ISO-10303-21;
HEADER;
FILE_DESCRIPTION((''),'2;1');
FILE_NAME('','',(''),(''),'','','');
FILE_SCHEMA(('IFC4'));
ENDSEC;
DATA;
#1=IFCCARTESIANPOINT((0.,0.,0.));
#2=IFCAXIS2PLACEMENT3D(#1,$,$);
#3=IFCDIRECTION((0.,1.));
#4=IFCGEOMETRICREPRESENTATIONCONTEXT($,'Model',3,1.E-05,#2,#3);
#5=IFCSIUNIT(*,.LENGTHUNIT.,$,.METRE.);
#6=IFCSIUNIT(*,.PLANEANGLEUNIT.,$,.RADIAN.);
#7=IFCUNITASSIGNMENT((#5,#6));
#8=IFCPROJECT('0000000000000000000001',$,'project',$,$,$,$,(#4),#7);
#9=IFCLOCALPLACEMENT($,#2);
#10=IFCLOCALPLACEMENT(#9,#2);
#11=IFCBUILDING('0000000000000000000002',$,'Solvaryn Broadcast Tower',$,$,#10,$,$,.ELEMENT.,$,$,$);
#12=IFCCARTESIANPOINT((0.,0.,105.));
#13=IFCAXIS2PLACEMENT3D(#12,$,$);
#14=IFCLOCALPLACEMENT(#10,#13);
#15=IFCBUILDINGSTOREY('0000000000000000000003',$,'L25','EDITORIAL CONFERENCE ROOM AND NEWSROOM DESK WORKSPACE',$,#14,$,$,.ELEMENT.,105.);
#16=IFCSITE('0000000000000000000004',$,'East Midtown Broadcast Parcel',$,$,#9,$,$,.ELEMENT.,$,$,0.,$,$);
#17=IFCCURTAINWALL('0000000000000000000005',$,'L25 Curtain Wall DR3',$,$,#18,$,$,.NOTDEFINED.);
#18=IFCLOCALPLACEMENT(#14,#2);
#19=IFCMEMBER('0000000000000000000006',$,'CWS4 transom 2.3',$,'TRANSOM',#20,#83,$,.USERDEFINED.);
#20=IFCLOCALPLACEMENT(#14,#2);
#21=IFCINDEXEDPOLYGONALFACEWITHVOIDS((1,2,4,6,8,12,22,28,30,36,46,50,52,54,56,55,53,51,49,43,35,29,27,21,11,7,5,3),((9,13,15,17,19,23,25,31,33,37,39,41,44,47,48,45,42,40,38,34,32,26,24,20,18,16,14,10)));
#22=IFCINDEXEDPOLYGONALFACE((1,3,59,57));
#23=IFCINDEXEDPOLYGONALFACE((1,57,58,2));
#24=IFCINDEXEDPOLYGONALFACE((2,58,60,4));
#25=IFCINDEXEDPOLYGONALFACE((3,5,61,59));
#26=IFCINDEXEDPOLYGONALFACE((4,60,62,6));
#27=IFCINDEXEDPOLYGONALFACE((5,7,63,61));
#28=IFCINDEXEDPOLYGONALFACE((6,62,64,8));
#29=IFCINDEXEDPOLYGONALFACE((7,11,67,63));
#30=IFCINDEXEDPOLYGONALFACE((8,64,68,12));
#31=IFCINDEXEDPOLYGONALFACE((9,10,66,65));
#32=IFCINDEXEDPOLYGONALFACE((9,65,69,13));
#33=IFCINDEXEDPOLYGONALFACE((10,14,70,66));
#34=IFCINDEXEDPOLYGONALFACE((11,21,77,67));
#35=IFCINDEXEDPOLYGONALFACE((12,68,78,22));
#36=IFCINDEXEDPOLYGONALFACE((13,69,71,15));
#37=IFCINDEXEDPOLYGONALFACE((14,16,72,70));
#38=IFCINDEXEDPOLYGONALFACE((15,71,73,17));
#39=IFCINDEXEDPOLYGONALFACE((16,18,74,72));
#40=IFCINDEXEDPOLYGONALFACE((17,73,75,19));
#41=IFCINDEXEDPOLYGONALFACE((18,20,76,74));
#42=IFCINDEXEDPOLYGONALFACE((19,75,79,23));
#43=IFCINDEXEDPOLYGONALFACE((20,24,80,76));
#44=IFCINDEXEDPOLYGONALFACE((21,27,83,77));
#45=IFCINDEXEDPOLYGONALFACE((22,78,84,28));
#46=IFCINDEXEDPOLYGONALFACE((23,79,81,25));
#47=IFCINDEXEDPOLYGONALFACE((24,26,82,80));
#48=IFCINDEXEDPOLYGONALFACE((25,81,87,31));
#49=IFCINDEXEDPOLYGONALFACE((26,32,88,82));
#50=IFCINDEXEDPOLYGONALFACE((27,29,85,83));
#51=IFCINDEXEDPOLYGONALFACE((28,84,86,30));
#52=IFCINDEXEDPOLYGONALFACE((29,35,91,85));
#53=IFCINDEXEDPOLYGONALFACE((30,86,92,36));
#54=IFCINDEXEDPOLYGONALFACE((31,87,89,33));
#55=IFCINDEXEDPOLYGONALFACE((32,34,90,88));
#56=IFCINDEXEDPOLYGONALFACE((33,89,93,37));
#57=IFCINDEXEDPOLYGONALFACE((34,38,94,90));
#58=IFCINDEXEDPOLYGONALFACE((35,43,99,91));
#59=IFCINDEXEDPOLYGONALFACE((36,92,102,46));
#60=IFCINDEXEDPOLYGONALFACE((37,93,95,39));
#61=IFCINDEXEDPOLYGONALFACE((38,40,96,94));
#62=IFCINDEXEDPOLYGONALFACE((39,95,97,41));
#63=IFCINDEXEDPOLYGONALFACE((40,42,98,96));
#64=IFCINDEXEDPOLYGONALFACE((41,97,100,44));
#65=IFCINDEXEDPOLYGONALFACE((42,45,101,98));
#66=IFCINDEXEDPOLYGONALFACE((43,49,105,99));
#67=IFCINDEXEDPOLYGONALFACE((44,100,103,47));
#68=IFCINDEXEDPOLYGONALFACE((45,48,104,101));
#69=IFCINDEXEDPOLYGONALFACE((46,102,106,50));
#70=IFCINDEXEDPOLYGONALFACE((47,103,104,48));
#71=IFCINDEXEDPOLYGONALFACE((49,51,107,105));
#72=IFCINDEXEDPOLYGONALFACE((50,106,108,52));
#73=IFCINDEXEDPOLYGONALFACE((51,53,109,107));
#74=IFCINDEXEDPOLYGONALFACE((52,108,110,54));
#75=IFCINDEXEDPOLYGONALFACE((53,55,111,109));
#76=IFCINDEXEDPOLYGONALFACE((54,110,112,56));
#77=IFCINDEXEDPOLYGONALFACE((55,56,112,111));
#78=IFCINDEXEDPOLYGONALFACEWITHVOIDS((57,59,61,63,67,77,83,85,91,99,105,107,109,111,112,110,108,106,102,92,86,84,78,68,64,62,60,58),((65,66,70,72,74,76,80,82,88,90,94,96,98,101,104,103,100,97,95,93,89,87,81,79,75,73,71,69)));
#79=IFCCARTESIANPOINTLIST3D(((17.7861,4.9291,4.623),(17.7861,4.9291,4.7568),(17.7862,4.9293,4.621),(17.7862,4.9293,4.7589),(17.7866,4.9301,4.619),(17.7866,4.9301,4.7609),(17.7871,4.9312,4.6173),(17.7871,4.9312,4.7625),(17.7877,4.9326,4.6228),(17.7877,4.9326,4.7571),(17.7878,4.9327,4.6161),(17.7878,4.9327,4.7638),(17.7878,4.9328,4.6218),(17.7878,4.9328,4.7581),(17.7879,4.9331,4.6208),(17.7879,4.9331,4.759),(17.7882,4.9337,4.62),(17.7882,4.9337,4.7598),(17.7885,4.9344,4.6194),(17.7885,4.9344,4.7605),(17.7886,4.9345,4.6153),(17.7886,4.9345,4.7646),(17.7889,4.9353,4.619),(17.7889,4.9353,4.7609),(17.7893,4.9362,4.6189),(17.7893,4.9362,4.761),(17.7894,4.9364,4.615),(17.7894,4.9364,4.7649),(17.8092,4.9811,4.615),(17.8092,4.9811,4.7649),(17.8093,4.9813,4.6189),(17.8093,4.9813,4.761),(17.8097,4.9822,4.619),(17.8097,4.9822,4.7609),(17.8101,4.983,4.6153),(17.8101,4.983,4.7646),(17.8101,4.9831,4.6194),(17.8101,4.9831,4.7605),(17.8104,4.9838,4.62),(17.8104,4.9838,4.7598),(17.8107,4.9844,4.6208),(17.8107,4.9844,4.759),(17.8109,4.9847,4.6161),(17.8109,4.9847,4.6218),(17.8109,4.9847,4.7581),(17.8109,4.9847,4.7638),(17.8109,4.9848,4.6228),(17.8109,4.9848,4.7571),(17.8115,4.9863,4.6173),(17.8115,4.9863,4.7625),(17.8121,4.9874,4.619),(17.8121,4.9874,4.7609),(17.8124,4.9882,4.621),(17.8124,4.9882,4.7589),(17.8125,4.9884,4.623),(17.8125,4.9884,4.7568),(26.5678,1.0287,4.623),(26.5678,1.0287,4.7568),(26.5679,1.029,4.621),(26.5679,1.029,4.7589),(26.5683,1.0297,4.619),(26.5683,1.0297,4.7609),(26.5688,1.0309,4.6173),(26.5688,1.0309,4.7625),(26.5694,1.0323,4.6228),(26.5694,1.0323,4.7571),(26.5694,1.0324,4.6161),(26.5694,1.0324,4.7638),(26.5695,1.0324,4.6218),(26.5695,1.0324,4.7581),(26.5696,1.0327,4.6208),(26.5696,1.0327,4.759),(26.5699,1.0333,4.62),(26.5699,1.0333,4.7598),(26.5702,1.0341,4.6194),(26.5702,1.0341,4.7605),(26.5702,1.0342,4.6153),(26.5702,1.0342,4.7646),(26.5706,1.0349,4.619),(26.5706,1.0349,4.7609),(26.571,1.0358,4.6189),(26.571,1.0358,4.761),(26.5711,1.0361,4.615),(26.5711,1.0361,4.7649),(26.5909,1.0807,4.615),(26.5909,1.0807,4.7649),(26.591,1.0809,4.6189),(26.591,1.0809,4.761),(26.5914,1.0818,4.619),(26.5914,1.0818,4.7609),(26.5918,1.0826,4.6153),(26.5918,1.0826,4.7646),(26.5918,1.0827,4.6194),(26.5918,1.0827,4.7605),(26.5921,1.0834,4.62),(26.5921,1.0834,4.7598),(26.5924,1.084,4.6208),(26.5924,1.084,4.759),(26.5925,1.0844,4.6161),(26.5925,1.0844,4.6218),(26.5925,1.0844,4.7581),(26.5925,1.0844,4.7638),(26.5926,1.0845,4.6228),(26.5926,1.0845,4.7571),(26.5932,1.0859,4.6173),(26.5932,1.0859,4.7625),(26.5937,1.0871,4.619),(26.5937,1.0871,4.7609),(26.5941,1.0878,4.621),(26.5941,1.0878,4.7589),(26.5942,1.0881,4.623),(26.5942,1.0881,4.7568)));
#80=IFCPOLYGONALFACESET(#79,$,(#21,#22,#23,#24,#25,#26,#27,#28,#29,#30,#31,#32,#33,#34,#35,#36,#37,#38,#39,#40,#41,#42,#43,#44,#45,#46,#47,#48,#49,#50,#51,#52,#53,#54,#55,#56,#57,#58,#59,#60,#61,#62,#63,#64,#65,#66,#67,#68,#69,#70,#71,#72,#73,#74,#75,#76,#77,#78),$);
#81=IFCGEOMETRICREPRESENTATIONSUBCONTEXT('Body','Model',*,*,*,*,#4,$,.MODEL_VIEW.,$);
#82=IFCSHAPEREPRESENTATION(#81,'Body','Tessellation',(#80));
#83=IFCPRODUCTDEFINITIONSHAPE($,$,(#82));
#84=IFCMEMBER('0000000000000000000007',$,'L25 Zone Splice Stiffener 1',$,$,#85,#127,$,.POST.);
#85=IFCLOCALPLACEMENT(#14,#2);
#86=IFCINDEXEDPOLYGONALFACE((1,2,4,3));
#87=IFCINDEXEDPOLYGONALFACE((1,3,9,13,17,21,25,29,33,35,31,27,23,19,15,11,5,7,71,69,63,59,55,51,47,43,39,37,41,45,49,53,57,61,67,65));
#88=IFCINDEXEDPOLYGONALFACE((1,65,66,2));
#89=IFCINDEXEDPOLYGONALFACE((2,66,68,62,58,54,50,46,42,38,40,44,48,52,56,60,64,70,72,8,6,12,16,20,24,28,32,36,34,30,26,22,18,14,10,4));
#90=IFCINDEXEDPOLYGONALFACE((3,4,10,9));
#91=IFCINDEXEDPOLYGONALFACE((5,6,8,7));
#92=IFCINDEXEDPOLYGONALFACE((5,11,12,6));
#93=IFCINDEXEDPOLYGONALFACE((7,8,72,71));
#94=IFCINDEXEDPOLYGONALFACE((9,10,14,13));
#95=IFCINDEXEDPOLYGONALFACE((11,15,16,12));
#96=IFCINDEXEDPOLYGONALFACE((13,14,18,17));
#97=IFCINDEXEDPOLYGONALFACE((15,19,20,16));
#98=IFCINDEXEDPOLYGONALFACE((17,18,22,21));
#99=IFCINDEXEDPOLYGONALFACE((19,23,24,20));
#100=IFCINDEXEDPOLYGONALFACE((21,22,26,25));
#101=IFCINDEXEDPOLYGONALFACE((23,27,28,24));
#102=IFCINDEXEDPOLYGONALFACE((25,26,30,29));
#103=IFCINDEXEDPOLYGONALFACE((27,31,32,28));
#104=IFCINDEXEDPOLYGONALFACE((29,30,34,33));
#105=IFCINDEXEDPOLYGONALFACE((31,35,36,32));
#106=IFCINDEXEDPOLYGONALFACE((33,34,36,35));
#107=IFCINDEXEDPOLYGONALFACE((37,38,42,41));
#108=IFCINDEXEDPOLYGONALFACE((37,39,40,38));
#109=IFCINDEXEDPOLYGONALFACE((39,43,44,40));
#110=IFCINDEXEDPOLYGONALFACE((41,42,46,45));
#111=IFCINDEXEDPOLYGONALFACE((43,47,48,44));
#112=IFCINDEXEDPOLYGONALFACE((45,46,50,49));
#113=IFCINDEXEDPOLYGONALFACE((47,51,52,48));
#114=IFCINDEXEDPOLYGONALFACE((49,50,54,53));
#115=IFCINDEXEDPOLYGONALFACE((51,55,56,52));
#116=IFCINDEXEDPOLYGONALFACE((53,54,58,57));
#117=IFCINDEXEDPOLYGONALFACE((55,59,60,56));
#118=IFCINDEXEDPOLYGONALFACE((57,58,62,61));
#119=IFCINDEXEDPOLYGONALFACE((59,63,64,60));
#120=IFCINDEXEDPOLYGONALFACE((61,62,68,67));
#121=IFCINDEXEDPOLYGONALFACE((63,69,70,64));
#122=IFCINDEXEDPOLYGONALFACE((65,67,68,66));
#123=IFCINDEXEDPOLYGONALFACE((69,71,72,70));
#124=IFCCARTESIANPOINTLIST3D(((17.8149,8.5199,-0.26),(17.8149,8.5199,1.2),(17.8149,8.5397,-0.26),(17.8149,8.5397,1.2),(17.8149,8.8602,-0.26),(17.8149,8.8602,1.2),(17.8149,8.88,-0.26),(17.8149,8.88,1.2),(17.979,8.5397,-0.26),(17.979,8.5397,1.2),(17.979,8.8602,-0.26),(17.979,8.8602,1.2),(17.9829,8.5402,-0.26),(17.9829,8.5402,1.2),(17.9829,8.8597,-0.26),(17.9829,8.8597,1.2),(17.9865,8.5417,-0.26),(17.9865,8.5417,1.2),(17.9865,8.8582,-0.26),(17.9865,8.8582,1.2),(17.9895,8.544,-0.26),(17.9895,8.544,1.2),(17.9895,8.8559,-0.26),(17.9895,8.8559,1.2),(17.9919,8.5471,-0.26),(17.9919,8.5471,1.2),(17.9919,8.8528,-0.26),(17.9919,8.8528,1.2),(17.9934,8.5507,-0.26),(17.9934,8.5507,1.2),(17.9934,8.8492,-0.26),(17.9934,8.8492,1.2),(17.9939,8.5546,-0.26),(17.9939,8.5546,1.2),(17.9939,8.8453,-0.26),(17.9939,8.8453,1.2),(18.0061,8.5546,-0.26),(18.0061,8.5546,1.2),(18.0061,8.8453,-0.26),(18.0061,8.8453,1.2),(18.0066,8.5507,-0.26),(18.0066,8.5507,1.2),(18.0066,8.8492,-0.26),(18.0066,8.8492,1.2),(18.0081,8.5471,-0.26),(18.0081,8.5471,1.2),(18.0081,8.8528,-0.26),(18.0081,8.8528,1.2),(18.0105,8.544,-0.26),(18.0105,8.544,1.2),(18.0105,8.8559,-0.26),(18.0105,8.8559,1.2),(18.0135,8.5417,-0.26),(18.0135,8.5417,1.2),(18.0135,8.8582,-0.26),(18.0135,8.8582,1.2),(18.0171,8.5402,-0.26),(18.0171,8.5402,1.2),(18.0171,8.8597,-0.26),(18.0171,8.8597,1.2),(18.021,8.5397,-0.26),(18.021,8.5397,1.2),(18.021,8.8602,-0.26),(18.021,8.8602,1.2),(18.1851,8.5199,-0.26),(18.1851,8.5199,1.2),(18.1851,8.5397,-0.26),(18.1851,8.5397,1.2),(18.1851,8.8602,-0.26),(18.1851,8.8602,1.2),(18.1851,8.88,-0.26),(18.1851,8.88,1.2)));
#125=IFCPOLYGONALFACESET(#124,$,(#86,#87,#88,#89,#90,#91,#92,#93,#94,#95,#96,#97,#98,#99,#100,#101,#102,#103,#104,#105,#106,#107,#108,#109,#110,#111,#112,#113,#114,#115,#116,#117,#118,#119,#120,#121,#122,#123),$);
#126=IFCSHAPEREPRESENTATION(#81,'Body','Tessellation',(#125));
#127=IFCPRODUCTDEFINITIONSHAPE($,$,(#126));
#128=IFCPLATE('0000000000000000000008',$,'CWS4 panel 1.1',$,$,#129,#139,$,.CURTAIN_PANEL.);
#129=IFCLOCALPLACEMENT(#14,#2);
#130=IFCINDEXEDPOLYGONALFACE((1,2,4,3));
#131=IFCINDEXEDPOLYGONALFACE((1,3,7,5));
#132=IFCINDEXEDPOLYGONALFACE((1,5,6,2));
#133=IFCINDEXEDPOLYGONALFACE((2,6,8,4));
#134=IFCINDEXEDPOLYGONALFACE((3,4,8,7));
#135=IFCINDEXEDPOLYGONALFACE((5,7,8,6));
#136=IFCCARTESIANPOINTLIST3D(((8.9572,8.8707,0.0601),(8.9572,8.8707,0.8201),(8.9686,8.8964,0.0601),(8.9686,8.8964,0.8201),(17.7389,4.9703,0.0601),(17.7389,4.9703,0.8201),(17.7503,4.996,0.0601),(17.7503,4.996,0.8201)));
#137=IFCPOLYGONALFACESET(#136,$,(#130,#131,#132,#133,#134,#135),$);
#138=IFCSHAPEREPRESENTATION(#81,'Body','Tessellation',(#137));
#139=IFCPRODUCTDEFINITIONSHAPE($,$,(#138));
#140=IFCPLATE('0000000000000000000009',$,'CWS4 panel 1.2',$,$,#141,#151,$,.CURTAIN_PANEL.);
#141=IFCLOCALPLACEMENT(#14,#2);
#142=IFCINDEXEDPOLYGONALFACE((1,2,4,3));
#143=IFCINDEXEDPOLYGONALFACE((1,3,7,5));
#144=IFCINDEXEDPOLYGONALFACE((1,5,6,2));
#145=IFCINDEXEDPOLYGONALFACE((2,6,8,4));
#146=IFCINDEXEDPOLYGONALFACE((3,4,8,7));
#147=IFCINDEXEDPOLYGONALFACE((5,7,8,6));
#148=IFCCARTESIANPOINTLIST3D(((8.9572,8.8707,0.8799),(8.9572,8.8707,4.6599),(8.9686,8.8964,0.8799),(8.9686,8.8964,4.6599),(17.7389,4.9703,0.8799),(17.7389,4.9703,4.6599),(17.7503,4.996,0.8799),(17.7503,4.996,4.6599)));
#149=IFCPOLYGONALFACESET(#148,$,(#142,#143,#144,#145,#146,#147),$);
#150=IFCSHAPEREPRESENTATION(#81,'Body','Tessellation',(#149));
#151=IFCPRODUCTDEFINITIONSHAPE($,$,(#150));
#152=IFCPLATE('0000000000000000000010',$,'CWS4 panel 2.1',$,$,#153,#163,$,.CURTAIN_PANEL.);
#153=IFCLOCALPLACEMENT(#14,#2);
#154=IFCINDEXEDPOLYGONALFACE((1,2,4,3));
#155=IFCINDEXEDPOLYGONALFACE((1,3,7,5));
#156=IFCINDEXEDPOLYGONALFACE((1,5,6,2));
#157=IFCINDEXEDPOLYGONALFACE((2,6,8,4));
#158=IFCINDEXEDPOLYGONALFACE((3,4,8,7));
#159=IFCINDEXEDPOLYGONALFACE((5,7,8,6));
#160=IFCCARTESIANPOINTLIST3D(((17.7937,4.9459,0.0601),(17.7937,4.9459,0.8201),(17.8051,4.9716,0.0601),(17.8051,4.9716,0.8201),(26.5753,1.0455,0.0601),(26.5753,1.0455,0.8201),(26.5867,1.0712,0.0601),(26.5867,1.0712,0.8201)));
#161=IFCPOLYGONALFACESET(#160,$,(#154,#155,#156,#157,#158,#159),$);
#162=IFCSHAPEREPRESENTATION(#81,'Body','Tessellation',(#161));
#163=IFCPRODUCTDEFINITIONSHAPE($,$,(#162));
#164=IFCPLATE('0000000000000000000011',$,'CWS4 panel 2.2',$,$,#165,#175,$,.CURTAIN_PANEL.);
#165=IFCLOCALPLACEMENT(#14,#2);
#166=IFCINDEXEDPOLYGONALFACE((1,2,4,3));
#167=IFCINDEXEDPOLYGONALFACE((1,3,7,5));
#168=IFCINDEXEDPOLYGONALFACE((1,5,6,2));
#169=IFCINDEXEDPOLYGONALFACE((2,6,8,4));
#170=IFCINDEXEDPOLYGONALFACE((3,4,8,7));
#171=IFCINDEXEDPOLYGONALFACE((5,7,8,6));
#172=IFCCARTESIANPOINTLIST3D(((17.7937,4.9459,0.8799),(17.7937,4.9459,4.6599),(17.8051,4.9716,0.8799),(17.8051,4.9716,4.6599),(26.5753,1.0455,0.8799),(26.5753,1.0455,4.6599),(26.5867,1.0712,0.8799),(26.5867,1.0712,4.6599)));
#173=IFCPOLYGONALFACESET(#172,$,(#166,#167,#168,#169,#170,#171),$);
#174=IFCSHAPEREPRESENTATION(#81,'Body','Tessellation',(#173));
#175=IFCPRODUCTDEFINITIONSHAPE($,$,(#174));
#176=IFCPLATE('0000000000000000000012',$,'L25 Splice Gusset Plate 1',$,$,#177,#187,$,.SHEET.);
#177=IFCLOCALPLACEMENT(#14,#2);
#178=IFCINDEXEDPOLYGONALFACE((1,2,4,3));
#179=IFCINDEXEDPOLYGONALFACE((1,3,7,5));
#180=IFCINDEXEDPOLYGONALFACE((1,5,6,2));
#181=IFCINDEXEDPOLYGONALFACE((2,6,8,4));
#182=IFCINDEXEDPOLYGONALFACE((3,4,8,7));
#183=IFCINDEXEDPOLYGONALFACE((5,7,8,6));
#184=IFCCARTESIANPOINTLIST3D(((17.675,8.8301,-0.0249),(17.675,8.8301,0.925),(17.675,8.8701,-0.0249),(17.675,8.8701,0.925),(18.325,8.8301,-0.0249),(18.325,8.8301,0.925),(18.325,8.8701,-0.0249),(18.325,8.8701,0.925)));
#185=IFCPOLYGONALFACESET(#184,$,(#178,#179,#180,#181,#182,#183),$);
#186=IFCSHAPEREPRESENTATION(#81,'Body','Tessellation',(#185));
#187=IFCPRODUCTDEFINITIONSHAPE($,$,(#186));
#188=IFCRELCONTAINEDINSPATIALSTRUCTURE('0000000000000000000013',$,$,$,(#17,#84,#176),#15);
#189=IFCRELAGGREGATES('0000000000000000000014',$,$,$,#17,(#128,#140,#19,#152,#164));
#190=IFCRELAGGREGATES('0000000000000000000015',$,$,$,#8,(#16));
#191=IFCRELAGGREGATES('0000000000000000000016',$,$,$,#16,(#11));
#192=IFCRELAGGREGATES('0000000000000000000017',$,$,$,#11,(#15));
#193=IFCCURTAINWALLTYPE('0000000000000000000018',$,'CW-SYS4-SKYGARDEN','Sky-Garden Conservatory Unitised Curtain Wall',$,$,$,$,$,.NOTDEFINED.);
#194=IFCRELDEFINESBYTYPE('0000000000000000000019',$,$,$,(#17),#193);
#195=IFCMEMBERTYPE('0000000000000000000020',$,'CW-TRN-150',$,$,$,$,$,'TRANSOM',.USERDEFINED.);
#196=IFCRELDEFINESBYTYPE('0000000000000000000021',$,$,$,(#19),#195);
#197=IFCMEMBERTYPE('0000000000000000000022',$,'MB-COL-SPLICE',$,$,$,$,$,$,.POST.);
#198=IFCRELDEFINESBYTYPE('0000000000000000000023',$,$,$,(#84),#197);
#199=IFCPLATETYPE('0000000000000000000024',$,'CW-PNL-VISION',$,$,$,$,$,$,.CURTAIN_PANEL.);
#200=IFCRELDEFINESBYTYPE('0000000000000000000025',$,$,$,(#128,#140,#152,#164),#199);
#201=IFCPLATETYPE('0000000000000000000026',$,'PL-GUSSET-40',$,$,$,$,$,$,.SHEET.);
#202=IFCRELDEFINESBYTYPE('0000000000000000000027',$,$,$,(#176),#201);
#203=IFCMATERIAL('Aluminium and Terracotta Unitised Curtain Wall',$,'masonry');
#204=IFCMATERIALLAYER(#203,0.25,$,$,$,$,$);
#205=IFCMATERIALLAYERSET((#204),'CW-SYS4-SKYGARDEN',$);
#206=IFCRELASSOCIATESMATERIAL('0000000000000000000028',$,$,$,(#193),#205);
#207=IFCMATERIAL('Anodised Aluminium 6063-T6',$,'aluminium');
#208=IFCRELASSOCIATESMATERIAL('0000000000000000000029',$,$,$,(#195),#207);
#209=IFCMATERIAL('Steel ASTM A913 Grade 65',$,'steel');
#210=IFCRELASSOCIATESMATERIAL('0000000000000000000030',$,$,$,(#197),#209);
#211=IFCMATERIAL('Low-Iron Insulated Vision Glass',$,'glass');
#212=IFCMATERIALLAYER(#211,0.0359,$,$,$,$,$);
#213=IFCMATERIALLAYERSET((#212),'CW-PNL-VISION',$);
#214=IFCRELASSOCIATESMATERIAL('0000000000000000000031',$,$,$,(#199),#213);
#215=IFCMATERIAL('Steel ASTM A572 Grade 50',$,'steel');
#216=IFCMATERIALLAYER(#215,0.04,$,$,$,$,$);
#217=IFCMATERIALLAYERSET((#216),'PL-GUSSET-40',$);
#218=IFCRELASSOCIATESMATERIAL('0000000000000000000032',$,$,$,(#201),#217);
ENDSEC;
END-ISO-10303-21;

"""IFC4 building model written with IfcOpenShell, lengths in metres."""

from ifc_helpers import new_model, si_unit, direction, frame, origin, origin_2d, place, context, subcontext, project, spatial, rectangle, hollow_rectangle, i_section, extrude, material, layer, layer_set, material_profile, profile_set, type_object, element, aggregate, save


model = new_model("IFC4")

# Units and contexts
model_context = context("Model", 3, precision=1e-05, world=origin(), true_north=direction((0.0, 1.0)))
body_context = subcontext(model_context, "Body", "Model", "MODEL_VIEW")
ifc_project = project(units=[si_unit("LENGTHUNIT", "METRE"), si_unit("PLANEANGLEUNIT", "RADIAN")], contexts=[model_context])

# Site, building, storey
site_placement = place(None, origin())
site = spatial("IfcSite", under=ifc_project, at=site_placement, Name="East Midtown Broadcast Parcel", CompositionType="ELEMENT", RefElevation=0.0)
building_placement = place(site_placement, origin())
building = spatial("IfcBuilding", under=site, at=building_placement, Name="Solvaryn Broadcast Tower", CompositionType="ELEMENT")
storey_placement = place(building_placement, frame((0.0, 0.0, 105.0)))
storey = spatial("IfcBuildingStorey", under=building, at=storey_placement, Name="L25", Description="EDITORIAL CONFERENCE ROOM AND NEWSROOM DESK WORKSPACE", CompositionType="ELEMENT", Elevation=105.0)

# Shared definitions
ifc_material_1 = material(Name="Aluminium and Terracotta Unitised Curtain Wall", Category="masonry")
ifc_layer_1 = layer(ifc_material_1, 0.25)
ifc_layer_set_1 = layer_set([ifc_layer_1], Name="CW-SYS4-SKYGARDEN")
curtain_wall_type = type_object("IfcCurtainWallType", Name="CW-SYS4-SKYGARDEN", Description="Sky-Garden Conservatory Unitised Curtain Wall", PredefinedType="NOTDEFINED", material=ifc_layer_set_1)

# Curtain wall, member
curtain_wall_1_placement = place(storey_placement, origin())
curtain_wall_1 = element("IfcCurtainWall", 1, at=curtain_wall_1_placement, inside=storey, type_object=curtain_wall_type, Name="L25 Curtain Wall DR3", PredefinedType="NOTDEFINED")
ifc_material_2 = material(Name="Anodised Aluminium 6063-T6", Category="aluminium")
ifc_material_profile_1 = material_profile(ifc_material_2, hollow_rectangle(XDim=0.0649, YDim=0.1499, WallThickness=0.0039, InnerFilletRadius=0.0039, OuterFilletRadius=0.0081, at=origin_2d()))
ifc_profile_set_1 = profile_set([ifc_material_profile_1], Name="Anodised Aluminium 6063-T6")
member_type_1 = type_object("IfcMemberType", Name="CW-TRN-150", ElementType="TRANSOM", PredefinedType="USERDEFINED", material=ifc_profile_set_1)
member_1_placement = place(storey_placement, frame((17.7993, 4.9587, 4.6899), z_axis=(0.913912, -0.405912, 0.0), x_axis=(0.405912, 0.913912, 0.0)))
member_1 = element("IfcMember", 2, at=member_1_placement, type_object=member_type_1, Name="CWS4 transom 2.3", ObjectType="TRANSOM", PredefinedType="USERDEFINED", context=body_context, shape_type="SweptSolid", body=[
    extrude(hollow_rectangle(XDim=0.0649, YDim=0.1499, WallThickness=0.0039, InnerFilletRadius=0.0039, OuterFilletRadius=0.0081, at=origin_2d()), origin(), (0.0, 0.0, 1.0), 9.6089),
])

# Member
ifc_material_3 = material(Name="Steel ASTM A913 Grade 65", Category="steel")
ifc_material_profile_2 = material_profile(ifc_material_3, i_section(OverallWidth=0.3701, OverallDepth=0.3601, WebThickness=0.0122, FlangeThickness=0.0198, FilletRadius=0.0149, at=origin_2d()))
ifc_profile_set_2 = profile_set([ifc_material_profile_2], Name="Steel ASTM A913 Grade 65")
member_type_2 = type_object("IfcMemberType", Name="MB-COL-SPLICE", PredefinedType="POST", material=ifc_profile_set_2)
member_2_placement = place(storey_placement, frame((18.0, 8.7, -0.26), z_axis=(0.0, 0.0, 1.0), x_axis=(1.0, 0.0, 0.0)))
element("IfcMember", 3, at=member_2_placement, inside=storey, type_object=member_type_2, Name="L25 Zone Splice Stiffener 1", PredefinedType="POST", context=body_context, shape_type="SweptSolid", body=[
    extrude(i_section(OverallWidth=0.3701, OverallDepth=0.3601, WebThickness=0.0122, FlangeThickness=0.0198, FilletRadius=0.0149, at=origin_2d()), origin(), (0.0, 0.0, 1.0), 1.46),
])

# Plates
ifc_material_4 = material(Name="Low-Iron Insulated Vision Glass", Category="glass")
ifc_layer_2 = layer(ifc_material_4, 0.0359)
ifc_layer_set_2 = layer_set([ifc_layer_2], Name="CW-PNL-VISION")
plate_type_1 = type_object("IfcPlateType", Name="CW-PNL-VISION", PredefinedType="CURTAIN_PANEL", material=ifc_layer_set_2)
plate_1_placement = place(storey_placement, frame((13.3538, 6.9333, 0.0601), z_axis=(0.0, 0.0, 1.0), x_axis=(0.913909, -0.405918, 0.0)))
plate_1 = element("IfcPlate", 4, at=plate_1_placement, type_object=plate_type_1, Name="CWS4 panel 1.1", PredefinedType="CURTAIN_PANEL", context=body_context, shape_type="SweptSolid", body=[
    extrude(rectangle(XDim=9.6089, YDim=0.0281, at=origin_2d()), origin(), (0.0, 0.0, 1.0), 0.76),
])
plate_2_placement = place(storey_placement, frame((13.3538, 6.9333, 0.8799), z_axis=(0.0, 0.0, 1.0), x_axis=(0.913909, -0.405918, 0.0)))
plate_2 = element("IfcPlate", 5, at=plate_2_placement, type_object=plate_type_1, Name="CWS4 panel 1.2", PredefinedType="CURTAIN_PANEL", context=body_context, shape_type="SweptSolid", body=[
    extrude(rectangle(XDim=9.6089, YDim=0.0281, at=origin_2d()), origin(), (0.0, 0.0, 1.0), 3.78),
])
plate_3_placement = place(storey_placement, frame((22.1902, 3.0085, 0.0601), z_axis=(0.0, 0.0, 1.0), x_axis=(0.913909, -0.405918, 0.0)))
plate_3 = element("IfcPlate", 6, at=plate_3_placement, type_object=plate_type_1, Name="CWS4 panel 2.1", PredefinedType="CURTAIN_PANEL", context=body_context, shape_type="SweptSolid", body=[
    extrude(rectangle(XDim=9.6089, YDim=0.0281, at=origin_2d()), origin(), (0.0, 0.0, 1.0), 0.76),
])
plate_4_placement = place(storey_placement, frame((22.1902, 3.0085, 0.8799), z_axis=(0.0, 0.0, 1.0), x_axis=(0.913909, -0.405918, 0.0)))
plate_4 = element("IfcPlate", 7, at=plate_4_placement, type_object=plate_type_1, Name="CWS4 panel 2.2", PredefinedType="CURTAIN_PANEL", context=body_context, shape_type="SweptSolid", body=[
    extrude(rectangle(XDim=9.6089, YDim=0.0281, at=origin_2d()), origin(), (0.0, 0.0, 1.0), 3.78),
])
aggregate(curtain_wall_1, [plate_1, plate_2, member_1, plate_3, plate_4])
ifc_material_5 = material(Name="Steel ASTM A572 Grade 50", Category="steel")
ifc_layer_3 = layer(ifc_material_5, 0.04)
ifc_layer_set_3 = layer_set([ifc_layer_3], Name="PL-GUSSET-40")
plate_type_2 = type_object("IfcPlateType", Name="PL-GUSSET-40", PredefinedType="SHEET", material=ifc_layer_set_3)
plate_5_placement = place(storey_placement, frame((18.0, 8.8501, -0.0249), z_axis=(0.0, 0.0, 1.0), x_axis=(1.0, 0.0, 0.0)))
element("IfcPlate", 8, at=plate_5_placement, inside=storey, type_object=plate_type_2, Name="L25 Splice Gusset Plate 1", PredefinedType="SHEET", context=body_context, shape_type="SweptSolid", body=[
    extrude(rectangle(XDim=0.6499, YDim=0.04, at=origin_2d()), origin(), (0.0, 0.0, 1.0), 0.95),
])

save(model, "model.ifc")
